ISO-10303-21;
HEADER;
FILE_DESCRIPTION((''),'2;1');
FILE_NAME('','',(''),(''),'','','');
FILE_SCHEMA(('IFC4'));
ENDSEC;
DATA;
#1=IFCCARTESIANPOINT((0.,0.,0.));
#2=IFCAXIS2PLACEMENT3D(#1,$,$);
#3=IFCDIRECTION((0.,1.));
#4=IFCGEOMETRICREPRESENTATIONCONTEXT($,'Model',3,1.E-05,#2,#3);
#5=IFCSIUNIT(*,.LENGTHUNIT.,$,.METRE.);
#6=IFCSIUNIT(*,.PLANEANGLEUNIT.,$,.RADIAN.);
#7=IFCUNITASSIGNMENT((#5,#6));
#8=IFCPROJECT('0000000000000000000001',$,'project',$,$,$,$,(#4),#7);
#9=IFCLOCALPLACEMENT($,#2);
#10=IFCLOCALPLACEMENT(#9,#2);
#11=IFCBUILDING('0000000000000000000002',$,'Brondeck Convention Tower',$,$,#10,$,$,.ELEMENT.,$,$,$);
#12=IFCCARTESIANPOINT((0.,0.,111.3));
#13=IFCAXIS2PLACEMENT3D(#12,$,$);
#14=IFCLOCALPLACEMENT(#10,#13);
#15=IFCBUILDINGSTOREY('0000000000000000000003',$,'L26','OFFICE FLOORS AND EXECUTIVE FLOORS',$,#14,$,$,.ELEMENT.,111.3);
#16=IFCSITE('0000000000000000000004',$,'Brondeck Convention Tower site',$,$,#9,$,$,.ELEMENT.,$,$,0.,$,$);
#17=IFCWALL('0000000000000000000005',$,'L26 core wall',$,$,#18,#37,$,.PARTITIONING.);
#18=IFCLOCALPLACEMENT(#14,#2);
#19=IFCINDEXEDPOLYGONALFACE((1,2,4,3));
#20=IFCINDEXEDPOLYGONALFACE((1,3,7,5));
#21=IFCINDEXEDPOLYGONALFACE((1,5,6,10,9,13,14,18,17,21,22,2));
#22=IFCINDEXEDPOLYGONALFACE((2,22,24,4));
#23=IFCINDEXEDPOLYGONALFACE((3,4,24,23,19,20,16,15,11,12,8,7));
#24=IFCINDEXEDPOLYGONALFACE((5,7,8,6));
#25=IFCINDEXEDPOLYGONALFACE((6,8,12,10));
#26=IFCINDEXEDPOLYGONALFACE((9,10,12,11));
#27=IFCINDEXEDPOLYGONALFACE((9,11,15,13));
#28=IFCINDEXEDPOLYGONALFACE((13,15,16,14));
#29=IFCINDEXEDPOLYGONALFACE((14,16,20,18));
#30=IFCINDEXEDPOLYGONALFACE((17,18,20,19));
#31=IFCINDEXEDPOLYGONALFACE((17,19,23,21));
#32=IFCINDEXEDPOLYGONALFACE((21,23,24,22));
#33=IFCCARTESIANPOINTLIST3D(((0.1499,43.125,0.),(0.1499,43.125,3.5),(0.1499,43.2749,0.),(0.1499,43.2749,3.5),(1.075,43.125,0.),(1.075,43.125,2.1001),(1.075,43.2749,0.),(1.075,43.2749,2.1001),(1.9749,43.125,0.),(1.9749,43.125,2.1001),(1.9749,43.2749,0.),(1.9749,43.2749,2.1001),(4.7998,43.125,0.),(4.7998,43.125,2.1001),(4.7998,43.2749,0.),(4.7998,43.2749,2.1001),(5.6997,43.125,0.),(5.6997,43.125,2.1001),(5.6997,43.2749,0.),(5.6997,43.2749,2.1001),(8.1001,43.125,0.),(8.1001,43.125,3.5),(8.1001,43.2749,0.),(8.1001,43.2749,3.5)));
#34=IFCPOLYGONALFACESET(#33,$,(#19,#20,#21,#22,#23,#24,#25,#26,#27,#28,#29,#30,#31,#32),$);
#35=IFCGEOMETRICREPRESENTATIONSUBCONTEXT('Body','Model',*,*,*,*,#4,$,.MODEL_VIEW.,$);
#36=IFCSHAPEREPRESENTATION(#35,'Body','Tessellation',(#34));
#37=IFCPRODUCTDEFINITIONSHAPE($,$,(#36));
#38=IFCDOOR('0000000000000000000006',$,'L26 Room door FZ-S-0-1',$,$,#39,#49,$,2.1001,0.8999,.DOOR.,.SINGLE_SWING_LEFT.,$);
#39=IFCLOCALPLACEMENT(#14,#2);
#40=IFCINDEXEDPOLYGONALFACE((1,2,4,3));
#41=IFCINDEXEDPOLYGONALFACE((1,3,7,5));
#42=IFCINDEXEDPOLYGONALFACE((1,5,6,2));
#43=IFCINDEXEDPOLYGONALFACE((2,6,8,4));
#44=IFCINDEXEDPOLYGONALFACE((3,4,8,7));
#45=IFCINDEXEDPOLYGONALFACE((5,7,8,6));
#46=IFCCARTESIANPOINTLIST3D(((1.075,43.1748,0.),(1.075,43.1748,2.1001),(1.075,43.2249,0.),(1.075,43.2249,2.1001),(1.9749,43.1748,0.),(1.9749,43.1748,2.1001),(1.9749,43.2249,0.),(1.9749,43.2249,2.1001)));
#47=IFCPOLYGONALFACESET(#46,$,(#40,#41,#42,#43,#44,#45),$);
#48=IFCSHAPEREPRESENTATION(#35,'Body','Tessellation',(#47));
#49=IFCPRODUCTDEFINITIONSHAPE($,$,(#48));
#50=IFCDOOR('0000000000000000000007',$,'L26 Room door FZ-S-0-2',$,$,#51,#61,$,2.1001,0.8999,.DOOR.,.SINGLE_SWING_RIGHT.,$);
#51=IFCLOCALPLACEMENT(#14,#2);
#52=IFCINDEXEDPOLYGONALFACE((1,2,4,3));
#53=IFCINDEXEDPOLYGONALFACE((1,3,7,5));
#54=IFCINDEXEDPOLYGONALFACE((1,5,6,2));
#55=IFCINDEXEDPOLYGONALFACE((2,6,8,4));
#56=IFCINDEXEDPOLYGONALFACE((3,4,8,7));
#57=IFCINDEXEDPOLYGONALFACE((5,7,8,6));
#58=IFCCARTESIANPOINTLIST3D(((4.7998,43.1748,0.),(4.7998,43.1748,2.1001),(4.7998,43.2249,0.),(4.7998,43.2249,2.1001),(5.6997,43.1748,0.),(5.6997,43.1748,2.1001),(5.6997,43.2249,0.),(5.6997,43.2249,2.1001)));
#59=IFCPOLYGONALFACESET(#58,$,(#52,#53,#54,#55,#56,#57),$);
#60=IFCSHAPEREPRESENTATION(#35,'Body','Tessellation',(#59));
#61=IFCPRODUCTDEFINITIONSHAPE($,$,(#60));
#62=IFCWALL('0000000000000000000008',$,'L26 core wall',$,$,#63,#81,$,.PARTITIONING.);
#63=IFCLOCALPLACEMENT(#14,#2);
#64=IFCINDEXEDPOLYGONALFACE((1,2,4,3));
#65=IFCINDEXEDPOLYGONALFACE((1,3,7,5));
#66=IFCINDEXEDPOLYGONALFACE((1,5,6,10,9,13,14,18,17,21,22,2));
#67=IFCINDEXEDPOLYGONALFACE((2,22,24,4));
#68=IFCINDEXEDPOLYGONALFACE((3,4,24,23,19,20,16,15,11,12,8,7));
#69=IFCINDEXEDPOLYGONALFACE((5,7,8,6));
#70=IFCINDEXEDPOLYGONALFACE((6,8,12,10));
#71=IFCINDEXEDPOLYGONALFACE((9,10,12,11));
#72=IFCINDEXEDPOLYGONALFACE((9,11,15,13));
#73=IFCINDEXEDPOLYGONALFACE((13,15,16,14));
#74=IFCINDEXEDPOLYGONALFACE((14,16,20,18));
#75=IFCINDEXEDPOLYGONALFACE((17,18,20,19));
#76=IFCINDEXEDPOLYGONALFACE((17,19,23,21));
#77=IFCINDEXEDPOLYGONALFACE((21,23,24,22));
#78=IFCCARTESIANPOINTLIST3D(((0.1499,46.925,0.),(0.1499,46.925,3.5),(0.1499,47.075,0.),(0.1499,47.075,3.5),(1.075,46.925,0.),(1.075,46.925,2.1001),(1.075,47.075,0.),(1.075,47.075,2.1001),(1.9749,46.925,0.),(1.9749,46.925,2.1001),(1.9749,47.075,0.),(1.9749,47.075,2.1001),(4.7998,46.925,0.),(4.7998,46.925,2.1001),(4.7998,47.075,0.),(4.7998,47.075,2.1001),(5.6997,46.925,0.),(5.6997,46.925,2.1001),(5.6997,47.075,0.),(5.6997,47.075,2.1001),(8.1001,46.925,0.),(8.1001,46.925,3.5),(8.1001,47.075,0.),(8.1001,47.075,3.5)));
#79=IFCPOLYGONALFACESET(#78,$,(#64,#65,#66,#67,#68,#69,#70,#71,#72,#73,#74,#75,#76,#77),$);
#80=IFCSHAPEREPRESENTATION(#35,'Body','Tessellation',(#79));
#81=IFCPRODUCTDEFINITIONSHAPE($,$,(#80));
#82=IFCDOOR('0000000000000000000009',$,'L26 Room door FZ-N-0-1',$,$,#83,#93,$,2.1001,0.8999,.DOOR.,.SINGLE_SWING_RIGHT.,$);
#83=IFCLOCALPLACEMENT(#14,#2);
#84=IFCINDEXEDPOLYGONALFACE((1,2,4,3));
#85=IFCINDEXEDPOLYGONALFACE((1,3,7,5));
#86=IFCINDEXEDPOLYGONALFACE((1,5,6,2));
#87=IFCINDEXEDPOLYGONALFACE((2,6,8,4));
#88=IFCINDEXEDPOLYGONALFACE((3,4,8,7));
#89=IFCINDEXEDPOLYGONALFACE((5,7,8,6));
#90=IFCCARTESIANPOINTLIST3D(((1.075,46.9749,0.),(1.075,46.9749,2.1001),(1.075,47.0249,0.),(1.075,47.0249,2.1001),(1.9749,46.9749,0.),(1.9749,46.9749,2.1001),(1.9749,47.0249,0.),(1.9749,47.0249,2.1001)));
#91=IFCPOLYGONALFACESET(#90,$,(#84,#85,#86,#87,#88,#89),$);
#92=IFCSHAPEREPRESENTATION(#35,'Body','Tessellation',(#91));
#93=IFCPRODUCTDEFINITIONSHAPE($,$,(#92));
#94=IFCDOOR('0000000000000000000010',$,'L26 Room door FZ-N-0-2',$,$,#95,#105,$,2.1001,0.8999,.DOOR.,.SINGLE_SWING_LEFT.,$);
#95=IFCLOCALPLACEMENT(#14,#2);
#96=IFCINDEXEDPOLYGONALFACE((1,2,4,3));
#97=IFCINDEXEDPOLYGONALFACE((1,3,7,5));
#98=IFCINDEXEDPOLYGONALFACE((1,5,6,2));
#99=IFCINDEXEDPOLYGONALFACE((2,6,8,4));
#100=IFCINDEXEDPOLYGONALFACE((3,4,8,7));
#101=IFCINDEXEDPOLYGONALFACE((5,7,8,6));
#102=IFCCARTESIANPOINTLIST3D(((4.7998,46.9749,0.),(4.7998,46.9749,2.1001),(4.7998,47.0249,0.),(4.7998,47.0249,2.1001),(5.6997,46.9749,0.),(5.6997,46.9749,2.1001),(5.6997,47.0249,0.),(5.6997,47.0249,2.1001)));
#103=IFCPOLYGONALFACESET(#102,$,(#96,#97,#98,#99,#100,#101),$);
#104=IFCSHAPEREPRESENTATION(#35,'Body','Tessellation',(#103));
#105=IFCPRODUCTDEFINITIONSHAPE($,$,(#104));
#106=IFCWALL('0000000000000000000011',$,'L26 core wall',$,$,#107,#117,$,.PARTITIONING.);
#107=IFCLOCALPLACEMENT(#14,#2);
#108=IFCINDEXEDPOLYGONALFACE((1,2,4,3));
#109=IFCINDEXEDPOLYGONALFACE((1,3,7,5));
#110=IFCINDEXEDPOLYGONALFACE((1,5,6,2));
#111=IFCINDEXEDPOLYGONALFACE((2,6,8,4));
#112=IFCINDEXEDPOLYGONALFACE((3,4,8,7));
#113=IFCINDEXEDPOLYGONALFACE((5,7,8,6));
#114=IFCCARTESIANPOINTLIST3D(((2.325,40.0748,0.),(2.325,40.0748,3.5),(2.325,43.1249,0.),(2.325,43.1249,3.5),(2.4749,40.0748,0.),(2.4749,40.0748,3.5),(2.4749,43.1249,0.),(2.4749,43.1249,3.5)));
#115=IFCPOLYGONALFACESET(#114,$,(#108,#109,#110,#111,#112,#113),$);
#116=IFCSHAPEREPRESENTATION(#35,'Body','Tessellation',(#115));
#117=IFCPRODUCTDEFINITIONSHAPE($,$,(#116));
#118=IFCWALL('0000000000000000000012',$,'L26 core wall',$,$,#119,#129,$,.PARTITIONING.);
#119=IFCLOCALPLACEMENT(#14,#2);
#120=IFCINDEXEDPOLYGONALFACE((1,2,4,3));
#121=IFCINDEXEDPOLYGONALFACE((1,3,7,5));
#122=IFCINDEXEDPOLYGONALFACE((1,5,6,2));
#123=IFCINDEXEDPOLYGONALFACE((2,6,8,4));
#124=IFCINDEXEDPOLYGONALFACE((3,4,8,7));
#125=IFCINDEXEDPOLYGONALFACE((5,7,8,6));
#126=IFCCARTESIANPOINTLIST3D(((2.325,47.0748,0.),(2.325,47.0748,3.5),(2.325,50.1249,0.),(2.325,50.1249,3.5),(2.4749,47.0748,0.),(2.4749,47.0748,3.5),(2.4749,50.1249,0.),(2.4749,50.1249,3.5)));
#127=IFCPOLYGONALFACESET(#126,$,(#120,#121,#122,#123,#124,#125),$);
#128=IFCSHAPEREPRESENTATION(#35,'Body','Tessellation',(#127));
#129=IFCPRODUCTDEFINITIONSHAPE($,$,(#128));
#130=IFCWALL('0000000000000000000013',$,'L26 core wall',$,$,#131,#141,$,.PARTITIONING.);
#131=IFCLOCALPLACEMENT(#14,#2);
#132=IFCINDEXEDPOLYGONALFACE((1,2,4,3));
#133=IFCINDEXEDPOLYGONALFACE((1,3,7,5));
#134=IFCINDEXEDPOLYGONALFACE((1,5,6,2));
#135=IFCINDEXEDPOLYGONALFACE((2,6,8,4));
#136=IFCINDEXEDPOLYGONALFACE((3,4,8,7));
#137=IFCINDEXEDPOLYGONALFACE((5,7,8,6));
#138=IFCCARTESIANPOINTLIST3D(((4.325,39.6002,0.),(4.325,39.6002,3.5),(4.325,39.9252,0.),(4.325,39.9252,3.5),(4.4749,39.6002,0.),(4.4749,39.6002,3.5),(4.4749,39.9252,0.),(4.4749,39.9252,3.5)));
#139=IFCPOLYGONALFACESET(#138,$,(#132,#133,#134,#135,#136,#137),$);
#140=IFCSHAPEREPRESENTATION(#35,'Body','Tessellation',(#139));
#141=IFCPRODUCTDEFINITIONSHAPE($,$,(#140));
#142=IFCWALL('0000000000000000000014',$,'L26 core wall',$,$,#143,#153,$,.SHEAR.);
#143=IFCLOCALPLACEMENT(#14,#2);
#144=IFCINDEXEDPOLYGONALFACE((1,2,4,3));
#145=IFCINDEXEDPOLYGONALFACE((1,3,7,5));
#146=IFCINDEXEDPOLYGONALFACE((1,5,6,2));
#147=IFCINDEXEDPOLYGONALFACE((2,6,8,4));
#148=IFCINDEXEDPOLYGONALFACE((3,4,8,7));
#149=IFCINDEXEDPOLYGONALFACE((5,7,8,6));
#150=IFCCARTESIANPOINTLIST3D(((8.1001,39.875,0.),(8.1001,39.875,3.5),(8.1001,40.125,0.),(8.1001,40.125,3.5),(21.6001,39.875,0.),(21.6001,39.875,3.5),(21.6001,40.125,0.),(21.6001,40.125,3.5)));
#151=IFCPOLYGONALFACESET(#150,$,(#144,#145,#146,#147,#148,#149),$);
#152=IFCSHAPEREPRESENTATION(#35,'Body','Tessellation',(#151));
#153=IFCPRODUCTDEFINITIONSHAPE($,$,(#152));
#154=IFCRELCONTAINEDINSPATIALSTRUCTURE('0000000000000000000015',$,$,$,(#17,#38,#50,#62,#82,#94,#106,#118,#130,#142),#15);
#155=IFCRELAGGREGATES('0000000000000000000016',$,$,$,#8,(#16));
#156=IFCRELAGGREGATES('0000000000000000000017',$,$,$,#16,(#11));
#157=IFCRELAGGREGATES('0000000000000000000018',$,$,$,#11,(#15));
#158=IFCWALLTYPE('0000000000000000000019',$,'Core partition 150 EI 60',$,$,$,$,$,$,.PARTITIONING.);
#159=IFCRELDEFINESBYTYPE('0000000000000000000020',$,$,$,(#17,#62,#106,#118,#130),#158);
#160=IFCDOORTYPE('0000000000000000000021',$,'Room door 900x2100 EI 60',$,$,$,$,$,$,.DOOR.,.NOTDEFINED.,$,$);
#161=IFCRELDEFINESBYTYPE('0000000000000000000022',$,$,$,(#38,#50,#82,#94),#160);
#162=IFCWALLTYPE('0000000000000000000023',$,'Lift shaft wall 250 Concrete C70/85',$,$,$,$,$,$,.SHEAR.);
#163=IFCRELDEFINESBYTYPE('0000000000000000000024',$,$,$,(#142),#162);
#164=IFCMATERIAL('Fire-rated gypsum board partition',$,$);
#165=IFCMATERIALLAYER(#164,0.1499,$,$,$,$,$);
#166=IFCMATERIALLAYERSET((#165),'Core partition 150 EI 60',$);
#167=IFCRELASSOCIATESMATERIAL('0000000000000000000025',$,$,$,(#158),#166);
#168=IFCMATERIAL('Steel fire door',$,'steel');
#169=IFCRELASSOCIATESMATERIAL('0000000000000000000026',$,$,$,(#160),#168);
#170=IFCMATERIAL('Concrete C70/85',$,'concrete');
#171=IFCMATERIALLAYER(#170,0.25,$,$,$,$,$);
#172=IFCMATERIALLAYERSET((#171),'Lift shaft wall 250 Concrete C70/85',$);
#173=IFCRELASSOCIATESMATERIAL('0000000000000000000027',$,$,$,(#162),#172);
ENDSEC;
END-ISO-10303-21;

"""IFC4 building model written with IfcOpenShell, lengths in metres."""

from ifc_helpers import new_model, si_unit, direction, frame, frame_2d, origin, place, context, subcontext, project, spatial, rectangle, extrude, material, layer, layer_set, type_object, element, fill, save


model = new_model("IFC4")

# Units and contexts
model_context = context("Model", 3, precision=1e-05, world=origin(), true_north=direction((0.0, 1.0)))
body_context = subcontext(model_context, "Body", "Model", "MODEL_VIEW")
ifc_project = project(units=[si_unit("LENGTHUNIT", "METRE"), si_unit("PLANEANGLEUNIT", "RADIAN")], contexts=[model_context])

# Site, building, storey
site_placement = place(None, origin())
site = spatial("IfcSite", under=ifc_project, at=site_placement, Name="Brondeck Convention Tower site", CompositionType="ELEMENT", RefElevation=0.0)
building_placement = place(site_placement, origin())
building = spatial("IfcBuilding", under=site, at=building_placement, Name="Brondeck Convention Tower", CompositionType="ELEMENT")
storey_placement = place(building_placement, frame((0.0, 0.0, 111.3)))
storey = spatial("IfcBuildingStorey", under=building, at=storey_placement, Name="L26", Description="OFFICE FLOORS AND EXECUTIVE FLOORS", CompositionType="ELEMENT", Elevation=111.3)

# Shared definitions
ifc_material_1 = material(Name="Concrete C70/85", Category="concrete")

# Shared definitions
ifc_material_2 = material(Name="Fire-rated gypsum board partition")
ifc_layer_1 = layer(ifc_material_2, 0.1499)
ifc_layer_set_1 = layer_set([ifc_layer_1], Name="Core partition 150 EI 60")
wall_type_1 = type_object("IfcWallType", Name="Core partition 150 EI 60", PredefinedType="PARTITIONING", material=ifc_layer_set_1)
ifc_material_3 = material(Name="Steel fire door", Category="steel")
door_type_1 = type_object("IfcDoorType", Name="Room door 900x2100 EI 60", OperationType="NOTDEFINED", PredefinedType="DOOR", material=ifc_material_3)

# Walls, openings, doors
wall_1_placement = place(storey_placement, frame((0.1499, 43.2, 0.0), z_axis=(0.0, 0.0, 1.0), x_axis=(1.0, 0.0, 0.0)))
wall_1 = element("IfcWall", 1, at=wall_1_placement, inside=storey, type_object=wall_type_1, Name="L26 core wall", PredefinedType="PARTITIONING", context=body_context, shape_type="SweptSolid", body=[
    extrude(rectangle(XDim=7.9502, YDim=0.1499, at=frame_2d((3.9751, 0.0))), origin(), (0.0, 0.0, 1.0), 3.5),
])
opening_1_placement = place(wall_1_placement, frame((0.925, 0.0, 0.0)))
opening_1 = element("IfcOpeningElement", 2, at=opening_1_placement, cuts=wall_1, PredefinedType="OPENING", context=body_context, shape_type="SweptSolid", body=[
    extrude(rectangle(XDim=0.8999, YDim=2.1001, at=frame_2d((0.45, 1.05))), frame((0.0, 0.085, 0.0), z_axis=(0.0, -1.0, 0.0), x_axis=(1.0, 0.0, 0.0)), (0.0, 0.0, 1.0), 0.1699),
])
opening_2_placement = place(wall_1_placement, frame((4.6499, 0.0, 0.0)))
opening_2 = element("IfcOpeningElement", 3, at=opening_2_placement, cuts=wall_1, PredefinedType="OPENING", context=body_context, shape_type="SweptSolid", body=[
    extrude(rectangle(XDim=0.8999, YDim=2.1001, at=frame_2d((0.45, 1.05))), frame((0.0, 0.085, 0.0), z_axis=(0.0, -1.0, 0.0), x_axis=(1.0, 0.0, 0.0)), (0.0, 0.0, 1.0), 0.1699),
])
door_1_placement = place(opening_1_placement, origin())
door_1 = element("IfcDoor", 4, at=door_1_placement, inside=storey, type_object=door_type_1, Name="L26 Room door FZ-S-0-1", OperationType="SINGLE_SWING_LEFT", OverallHeight=2.1001, OverallWidth=0.8999, PredefinedType="DOOR", context=body_context, shape_type="SweptSolid", body=[
    extrude(rectangle(XDim=0.8999, YDim=2.1001, at=frame_2d((0.45, 1.05))), frame((0.0, 0.0249, 0.0), z_axis=(0.0, -1.0, 0.0), x_axis=(1.0, 0.0, 0.0)), (0.0, 0.0, 1.0), 0.05),
])
fill(opening_1, door_1)
door_2_placement = place(opening_2_placement, origin())
door_2 = element("IfcDoor", 5, at=door_2_placement, inside=storey, type_object=door_type_1, Name="L26 Room door FZ-S-0-2", OperationType="SINGLE_SWING_RIGHT", OverallHeight=2.1001, OverallWidth=0.8999, PredefinedType="DOOR", context=body_context, shape_type="SweptSolid", body=[
    extrude(rectangle(XDim=0.8999, YDim=2.1001, at=frame_2d((0.45, 1.05))), frame((0.0, 0.0249, 0.0), z_axis=(0.0, -1.0, 0.0), x_axis=(1.0, 0.0, 0.0)), (0.0, 0.0, 1.0), 0.05),
])
fill(opening_2, door_2)
wall_2_placement = place(storey_placement, frame((0.1499, 47.0, 0.0), z_axis=(0.0, 0.0, 1.0), x_axis=(1.0, 0.0, 0.0)))
wall_2 = element("IfcWall", 6, at=wall_2_placement, inside=storey, type_object=wall_type_1, Name="L26 core wall", PredefinedType="PARTITIONING", context=body_context, shape_type="SweptSolid", body=[
    extrude(rectangle(XDim=7.9502, YDim=0.1499, at=frame_2d((3.9751, 0.0))), origin(), (0.0, 0.0, 1.0), 3.5),
])
opening_3_placement = place(wall_2_placement, frame((0.925, 0.0, 0.0)))
opening_3 = element("IfcOpeningElement", 7, at=opening_3_placement, cuts=wall_2, PredefinedType="OPENING", context=body_context, shape_type="SweptSolid", body=[
    extrude(rectangle(XDim=0.8999, YDim=2.1001, at=frame_2d((0.45, 1.05))), frame((0.0, 0.085, 0.0), z_axis=(0.0, -1.0, 0.0), x_axis=(1.0, 0.0, 0.0)), (0.0, 0.0, 1.0), 0.1699),
])
opening_4_placement = place(wall_2_placement, frame((4.6499, 0.0, 0.0)))
opening_4 = element("IfcOpeningElement", 8, at=opening_4_placement, cuts=wall_2, PredefinedType="OPENING", context=body_context, shape_type="SweptSolid", body=[
    extrude(rectangle(XDim=0.8999, YDim=2.1001, at=frame_2d((0.45, 1.05))), frame((0.0, 0.085, 0.0), z_axis=(0.0, -1.0, 0.0), x_axis=(1.0, 0.0, 0.0)), (0.0, 0.0, 1.0), 0.1699),
])
door_3_placement = place(opening_3_placement, origin())
door_3 = element("IfcDoor", 9, at=door_3_placement, inside=storey, type_object=door_type_1, Name="L26 Room door FZ-N-0-1", OperationType="SINGLE_SWING_RIGHT", OverallHeight=2.1001, OverallWidth=0.8999, PredefinedType="DOOR", context=body_context, shape_type="SweptSolid", body=[
    extrude(rectangle(XDim=0.8999, YDim=2.1001, at=frame_2d((0.45, 1.05))), frame((0.0, 0.0249, 0.0), z_axis=(0.0, -1.0, 0.0), x_axis=(1.0, 0.0, 0.0)), (0.0, 0.0, 1.0), 0.05),
])
fill(opening_3, door_3)
door_4_placement = place(opening_4_placement, origin())
door_4 = element("IfcDoor", 10, at=door_4_placement, inside=storey, type_object=door_type_1, Name="L26 Room door FZ-N-0-2", OperationType="SINGLE_SWING_LEFT", OverallHeight=2.1001, OverallWidth=0.8999, PredefinedType="DOOR", context=body_context, shape_type="SweptSolid", body=[
    extrude(rectangle(XDim=0.8999, YDim=2.1001, at=frame_2d((0.45, 1.05))), frame((0.0, 0.0249, 0.0), z_axis=(0.0, -1.0, 0.0), x_axis=(1.0, 0.0, 0.0)), (0.0, 0.0, 1.0), 0.05),
])
fill(opening_4, door_4)

# Walls
for number, where, z_axis, x_axis, name in (
    (11, (2.3999, 40.075, 0.0), (0.0, 0.0, 1.0), (0.0, 1.0, 0.0), "L26 core wall"),
    (12, (2.3999, 47.075, 0.0), (0.0, 0.0, 1.0), (0.0, 1.0, 0.0), "L26 core wall"),
):
    element("IfcWall", number, at=place(storey_placement, frame(where, z_axis=z_axis, x_axis=x_axis)), inside=storey, type_object=wall_type_1, Name=name, PredefinedType="PARTITIONING", context=body_context, shape_type="SweptSolid", body=[
        extrude(rectangle(XDim=3.05, YDim=0.1499, at=frame_2d((1.5249, 0.0))), origin(), (0.0, 0.0, 1.0), 3.5),
    ])
wall_3_placement = place(storey_placement, frame((4.3999, 39.6001, 0.0), z_axis=(0.0, 0.0, 1.0), x_axis=(0.0, 1.0, 0.0)))
element("IfcWall", 13, at=wall_3_placement, inside=storey, type_object=wall_type_1, Name="L26 core wall", PredefinedType="PARTITIONING", context=body_context, shape_type="SweptSolid", body=[
    extrude(rectangle(XDim=0.325, YDim=0.1499, at=frame_2d((0.1626, 0.0))), origin(), (0.0, 0.0, 1.0), 3.5),
])
ifc_layer_2 = layer(ifc_material_1, 0.25)
ifc_layer_set_2 = layer_set([ifc_layer_2], Name="Lift shaft wall 250 Concrete C70/85")
wall_type_2 = type_object("IfcWallType", Name="Lift shaft wall 250 Concrete C70/85", PredefinedType="SHEAR", material=ifc_layer_set_2)
wall_4_placement = place(storey_placement, frame((8.1001, 40.0, 0.0), z_axis=(0.0, 0.0, 1.0), x_axis=(1.0, 0.0, 0.0)))
element("IfcWall", 14, at=wall_4_placement, inside=storey, type_object=wall_type_2, Name="L26 core wall", PredefinedType="SHEAR", context=body_context, shape_type="SweptSolid", body=[
    extrude(rectangle(XDim=13.5, YDim=0.25, at=frame_2d((6.75, 0.0))), origin(), (0.0, 0.0, 1.0), 3.5),
])

save(model, "model.ifc")
